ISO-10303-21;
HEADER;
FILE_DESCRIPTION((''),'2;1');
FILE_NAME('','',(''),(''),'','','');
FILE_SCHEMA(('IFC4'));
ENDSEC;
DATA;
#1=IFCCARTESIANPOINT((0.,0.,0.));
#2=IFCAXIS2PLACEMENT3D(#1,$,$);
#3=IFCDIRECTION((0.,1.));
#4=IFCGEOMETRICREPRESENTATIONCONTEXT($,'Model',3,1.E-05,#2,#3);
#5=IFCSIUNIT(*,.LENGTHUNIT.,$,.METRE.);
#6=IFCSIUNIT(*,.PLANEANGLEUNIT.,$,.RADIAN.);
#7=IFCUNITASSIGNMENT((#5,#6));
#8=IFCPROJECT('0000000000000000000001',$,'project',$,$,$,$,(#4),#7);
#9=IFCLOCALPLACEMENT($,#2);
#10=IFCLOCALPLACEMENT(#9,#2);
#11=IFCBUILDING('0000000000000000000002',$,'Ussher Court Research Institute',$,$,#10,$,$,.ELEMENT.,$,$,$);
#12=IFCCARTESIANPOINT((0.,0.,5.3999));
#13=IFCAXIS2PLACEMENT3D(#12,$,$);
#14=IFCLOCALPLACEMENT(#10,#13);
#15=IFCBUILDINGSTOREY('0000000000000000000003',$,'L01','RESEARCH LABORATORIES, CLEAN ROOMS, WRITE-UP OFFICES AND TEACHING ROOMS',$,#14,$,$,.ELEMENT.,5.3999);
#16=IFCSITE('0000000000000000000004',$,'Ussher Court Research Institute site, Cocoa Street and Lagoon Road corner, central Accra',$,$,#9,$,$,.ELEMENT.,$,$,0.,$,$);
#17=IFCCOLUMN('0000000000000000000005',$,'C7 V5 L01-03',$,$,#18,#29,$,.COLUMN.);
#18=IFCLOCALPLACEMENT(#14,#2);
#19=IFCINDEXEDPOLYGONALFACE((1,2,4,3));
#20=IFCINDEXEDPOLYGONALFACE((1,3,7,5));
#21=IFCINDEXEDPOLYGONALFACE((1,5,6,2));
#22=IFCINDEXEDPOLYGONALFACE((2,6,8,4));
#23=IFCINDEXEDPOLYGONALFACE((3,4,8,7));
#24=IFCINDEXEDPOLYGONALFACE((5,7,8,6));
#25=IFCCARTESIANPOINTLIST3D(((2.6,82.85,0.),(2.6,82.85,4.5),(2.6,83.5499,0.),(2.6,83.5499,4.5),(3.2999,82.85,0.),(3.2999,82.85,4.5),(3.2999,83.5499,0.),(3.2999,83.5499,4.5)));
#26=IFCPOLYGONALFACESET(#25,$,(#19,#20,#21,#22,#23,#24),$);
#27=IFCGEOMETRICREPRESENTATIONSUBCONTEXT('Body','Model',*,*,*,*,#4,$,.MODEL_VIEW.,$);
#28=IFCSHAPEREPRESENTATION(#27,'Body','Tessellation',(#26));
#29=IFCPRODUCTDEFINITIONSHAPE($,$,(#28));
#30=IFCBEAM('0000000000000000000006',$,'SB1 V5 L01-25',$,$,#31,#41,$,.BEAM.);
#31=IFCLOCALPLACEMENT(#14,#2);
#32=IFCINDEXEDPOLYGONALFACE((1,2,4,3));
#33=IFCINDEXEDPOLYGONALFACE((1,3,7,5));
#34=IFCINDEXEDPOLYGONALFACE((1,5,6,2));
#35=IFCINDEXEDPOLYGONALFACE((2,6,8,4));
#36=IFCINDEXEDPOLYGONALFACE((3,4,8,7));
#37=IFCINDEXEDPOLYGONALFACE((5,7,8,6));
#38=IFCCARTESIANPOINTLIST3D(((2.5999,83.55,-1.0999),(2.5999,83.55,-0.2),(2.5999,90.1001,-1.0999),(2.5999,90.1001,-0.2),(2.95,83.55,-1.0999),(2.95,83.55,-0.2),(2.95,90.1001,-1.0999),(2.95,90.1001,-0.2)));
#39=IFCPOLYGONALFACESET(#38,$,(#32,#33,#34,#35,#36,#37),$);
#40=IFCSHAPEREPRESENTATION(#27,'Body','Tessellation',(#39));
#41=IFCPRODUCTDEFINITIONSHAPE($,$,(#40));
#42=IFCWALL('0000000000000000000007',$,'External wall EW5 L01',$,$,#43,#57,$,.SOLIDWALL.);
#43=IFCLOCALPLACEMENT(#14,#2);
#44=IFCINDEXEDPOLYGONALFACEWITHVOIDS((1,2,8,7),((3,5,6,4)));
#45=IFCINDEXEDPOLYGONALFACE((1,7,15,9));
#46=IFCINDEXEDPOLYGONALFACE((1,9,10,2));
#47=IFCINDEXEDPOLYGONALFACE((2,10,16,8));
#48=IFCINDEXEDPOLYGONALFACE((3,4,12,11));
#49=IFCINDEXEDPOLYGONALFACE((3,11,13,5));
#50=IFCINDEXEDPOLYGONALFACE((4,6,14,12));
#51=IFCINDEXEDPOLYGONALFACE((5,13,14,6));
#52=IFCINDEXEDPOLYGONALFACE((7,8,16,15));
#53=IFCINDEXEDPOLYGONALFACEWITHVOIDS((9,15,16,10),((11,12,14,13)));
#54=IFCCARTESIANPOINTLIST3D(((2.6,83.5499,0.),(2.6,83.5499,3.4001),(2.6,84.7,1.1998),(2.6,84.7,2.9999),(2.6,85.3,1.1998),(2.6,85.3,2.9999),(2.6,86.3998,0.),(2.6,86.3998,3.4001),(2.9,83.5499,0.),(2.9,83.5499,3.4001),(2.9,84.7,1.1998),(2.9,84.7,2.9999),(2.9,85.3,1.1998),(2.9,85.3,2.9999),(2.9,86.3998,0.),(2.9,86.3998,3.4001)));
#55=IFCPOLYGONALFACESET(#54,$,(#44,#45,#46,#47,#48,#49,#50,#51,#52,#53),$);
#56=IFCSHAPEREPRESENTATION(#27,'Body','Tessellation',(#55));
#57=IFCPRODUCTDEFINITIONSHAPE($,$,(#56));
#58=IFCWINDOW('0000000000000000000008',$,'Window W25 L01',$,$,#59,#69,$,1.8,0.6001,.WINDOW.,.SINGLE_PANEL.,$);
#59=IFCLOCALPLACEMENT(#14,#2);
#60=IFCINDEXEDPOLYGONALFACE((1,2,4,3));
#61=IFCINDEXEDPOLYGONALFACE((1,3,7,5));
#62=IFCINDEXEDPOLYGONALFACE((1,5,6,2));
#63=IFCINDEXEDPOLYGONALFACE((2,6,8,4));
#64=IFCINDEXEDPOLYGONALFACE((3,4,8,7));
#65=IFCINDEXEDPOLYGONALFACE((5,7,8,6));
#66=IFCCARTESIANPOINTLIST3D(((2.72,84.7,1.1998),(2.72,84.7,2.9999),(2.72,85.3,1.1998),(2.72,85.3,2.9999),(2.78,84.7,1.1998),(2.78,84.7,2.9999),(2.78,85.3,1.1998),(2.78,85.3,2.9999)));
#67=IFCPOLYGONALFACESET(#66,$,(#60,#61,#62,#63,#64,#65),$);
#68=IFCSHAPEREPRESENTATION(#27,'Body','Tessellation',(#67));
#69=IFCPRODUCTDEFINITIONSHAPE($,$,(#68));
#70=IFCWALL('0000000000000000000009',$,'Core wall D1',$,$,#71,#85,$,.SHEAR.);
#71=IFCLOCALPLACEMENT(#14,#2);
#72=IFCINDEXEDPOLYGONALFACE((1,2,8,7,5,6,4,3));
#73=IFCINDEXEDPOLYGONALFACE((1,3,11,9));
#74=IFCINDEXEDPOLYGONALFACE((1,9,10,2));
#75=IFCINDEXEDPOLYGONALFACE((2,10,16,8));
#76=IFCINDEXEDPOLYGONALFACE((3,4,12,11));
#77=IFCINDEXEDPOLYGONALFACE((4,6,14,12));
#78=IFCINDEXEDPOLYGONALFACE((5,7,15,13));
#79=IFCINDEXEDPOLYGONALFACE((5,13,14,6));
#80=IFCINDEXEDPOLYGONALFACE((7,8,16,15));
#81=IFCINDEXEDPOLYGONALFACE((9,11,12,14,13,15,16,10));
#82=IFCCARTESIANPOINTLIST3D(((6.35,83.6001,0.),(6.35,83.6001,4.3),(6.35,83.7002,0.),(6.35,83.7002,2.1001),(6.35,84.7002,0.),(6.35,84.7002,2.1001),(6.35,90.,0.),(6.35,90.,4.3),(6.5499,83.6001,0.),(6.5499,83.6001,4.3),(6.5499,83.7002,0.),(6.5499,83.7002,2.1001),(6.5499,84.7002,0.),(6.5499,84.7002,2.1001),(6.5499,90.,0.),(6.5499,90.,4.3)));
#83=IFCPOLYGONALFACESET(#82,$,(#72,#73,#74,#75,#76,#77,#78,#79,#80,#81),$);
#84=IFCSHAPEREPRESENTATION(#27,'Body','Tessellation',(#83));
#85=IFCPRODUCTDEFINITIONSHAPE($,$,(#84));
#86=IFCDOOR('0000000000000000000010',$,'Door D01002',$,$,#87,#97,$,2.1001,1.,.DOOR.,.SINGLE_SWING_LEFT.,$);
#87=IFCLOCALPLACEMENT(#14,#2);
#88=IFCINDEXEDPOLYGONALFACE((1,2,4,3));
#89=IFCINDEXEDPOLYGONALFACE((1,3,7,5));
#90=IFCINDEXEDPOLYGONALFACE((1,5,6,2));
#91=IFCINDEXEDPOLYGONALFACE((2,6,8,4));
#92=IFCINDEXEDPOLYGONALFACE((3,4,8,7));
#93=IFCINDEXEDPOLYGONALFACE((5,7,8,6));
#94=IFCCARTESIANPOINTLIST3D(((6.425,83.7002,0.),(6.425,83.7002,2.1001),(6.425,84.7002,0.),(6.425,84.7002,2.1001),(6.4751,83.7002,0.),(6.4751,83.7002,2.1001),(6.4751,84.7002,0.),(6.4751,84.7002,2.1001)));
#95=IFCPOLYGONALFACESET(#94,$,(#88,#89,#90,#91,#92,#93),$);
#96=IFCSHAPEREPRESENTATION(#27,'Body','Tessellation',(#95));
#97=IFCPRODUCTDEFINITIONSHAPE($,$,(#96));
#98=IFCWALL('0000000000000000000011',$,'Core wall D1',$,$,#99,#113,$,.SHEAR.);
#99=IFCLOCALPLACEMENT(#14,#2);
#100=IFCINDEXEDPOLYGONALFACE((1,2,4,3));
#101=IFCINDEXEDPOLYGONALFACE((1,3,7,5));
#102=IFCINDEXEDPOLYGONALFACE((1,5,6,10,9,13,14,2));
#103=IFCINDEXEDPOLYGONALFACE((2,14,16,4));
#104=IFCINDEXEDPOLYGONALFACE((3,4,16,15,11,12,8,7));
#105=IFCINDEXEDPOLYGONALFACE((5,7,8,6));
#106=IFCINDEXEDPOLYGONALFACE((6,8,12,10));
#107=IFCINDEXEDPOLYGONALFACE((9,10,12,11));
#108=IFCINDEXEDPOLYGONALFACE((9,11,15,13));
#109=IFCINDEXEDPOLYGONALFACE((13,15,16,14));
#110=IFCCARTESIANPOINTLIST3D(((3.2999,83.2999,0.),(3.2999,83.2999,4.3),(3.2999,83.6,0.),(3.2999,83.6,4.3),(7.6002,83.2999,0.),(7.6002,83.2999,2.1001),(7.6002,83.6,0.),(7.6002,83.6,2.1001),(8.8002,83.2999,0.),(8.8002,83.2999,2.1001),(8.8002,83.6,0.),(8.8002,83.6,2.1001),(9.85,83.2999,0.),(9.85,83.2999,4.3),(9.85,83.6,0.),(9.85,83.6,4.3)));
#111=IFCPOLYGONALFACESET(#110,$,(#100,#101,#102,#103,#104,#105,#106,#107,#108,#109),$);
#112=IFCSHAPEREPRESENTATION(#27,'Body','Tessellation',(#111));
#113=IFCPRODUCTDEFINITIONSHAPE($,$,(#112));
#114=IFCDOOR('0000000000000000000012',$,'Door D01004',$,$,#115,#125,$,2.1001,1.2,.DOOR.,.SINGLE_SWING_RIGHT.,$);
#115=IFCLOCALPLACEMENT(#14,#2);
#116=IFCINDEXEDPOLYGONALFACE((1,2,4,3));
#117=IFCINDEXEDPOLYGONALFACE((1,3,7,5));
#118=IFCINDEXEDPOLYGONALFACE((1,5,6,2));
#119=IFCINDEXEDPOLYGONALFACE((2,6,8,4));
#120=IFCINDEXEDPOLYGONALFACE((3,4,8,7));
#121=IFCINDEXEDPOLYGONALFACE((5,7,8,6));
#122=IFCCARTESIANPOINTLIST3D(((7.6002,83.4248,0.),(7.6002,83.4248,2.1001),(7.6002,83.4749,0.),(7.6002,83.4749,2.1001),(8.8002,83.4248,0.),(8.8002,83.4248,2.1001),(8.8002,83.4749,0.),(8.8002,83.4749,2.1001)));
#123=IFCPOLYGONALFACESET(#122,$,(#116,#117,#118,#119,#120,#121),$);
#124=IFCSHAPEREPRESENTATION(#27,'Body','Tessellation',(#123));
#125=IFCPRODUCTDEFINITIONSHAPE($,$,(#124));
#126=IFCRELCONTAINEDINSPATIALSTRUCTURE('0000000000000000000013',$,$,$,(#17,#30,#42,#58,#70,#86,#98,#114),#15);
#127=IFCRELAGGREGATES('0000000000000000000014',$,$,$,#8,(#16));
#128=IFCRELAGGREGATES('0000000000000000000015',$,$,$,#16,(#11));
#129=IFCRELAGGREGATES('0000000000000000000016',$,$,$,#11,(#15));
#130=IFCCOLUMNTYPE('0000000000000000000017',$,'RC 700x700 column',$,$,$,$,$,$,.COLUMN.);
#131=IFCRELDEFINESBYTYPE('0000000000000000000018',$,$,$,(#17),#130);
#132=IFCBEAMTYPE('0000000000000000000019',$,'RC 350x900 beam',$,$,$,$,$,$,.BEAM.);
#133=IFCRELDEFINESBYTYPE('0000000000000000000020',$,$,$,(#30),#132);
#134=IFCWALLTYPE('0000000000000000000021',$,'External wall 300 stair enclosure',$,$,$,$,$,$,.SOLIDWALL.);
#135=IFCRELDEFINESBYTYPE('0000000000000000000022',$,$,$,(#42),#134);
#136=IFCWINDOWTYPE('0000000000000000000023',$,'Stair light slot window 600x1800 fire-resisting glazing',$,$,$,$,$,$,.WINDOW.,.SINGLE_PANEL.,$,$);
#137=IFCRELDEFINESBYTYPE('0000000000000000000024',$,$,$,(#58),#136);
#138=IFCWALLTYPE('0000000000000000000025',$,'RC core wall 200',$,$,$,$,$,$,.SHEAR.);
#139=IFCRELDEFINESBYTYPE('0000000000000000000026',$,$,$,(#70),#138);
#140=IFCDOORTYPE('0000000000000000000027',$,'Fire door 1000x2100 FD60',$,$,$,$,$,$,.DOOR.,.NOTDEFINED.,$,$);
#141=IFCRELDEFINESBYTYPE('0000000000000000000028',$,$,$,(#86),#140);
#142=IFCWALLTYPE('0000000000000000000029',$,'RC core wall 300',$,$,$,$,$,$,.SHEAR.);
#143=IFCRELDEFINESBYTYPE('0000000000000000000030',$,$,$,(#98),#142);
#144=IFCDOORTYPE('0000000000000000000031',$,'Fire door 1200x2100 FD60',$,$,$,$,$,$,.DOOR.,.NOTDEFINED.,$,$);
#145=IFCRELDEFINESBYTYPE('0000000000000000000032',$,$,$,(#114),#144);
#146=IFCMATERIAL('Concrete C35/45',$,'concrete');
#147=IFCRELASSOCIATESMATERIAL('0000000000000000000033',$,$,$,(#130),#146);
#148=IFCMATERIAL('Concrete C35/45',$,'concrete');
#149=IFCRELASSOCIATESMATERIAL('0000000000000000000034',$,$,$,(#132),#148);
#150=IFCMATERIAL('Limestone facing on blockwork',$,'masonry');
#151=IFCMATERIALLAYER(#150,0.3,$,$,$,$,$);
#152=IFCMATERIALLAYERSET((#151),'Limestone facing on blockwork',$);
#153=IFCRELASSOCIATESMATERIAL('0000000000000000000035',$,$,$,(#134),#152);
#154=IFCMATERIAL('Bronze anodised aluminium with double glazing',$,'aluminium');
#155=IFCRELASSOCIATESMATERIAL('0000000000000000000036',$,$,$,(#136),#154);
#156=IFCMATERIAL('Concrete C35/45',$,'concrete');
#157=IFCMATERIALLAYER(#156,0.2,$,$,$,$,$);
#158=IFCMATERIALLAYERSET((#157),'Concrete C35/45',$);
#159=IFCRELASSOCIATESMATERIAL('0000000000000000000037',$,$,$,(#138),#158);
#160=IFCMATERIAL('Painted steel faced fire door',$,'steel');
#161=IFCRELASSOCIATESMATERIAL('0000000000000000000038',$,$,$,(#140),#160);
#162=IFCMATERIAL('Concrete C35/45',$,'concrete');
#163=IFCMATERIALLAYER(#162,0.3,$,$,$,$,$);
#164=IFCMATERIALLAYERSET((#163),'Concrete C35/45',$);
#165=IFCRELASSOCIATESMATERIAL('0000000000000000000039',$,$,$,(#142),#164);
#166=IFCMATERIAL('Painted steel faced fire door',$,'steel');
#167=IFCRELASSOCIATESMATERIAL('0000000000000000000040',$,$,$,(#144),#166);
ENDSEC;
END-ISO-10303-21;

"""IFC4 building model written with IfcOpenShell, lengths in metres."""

from ifc_helpers import new_model, si_unit, direction, frame, frame_2d, origin, origin_2d, place, context, subcontext, project, spatial, rectangle, extrude, material, layer, layer_set, material_profile, profile_set, type_object, element, fill, save


model = new_model("IFC4")

# Units and contexts
model_context = context("Model", 3, precision=1e-05, world=origin(), true_north=direction((0.0, 1.0)))
body_context = subcontext(model_context, "Body", "Model", "MODEL_VIEW")
ifc_project = project(units=[si_unit("LENGTHUNIT", "METRE"), si_unit("PLANEANGLEUNIT", "RADIAN")], contexts=[model_context])

# Site, building, storey
site_placement = place(None, origin())
site = spatial("IfcSite", under=ifc_project, at=site_placement, Name="Ussher Court Research Institute site, Cocoa Street and Lagoon Road corner, central Accra", CompositionType="ELEMENT", RefElevation=0.0)
building_placement = place(site_placement, origin())
building = spatial("IfcBuilding", under=site, at=building_placement, Name="Ussher Court Research Institute", CompositionType="ELEMENT")
storey_placement = place(building_placement, frame((0.0, 0.0, 5.3999)))
storey = spatial("IfcBuildingStorey", under=building, at=storey_placement, Name="L01", Description="RESEARCH LABORATORIES, CLEAN ROOMS, WRITE-UP OFFICES AND TEACHING ROOMS", CompositionType="ELEMENT", Elevation=5.3999)

# Column
ifc_material_1 = material(Name="Concrete C35/45", Category="concrete")
ifc_material_profile_1 = material_profile(ifc_material_1, rectangle(XDim=0.7, YDim=0.7, at=origin_2d()), Name="RC 700x700")
ifc_profile_set_1 = profile_set([ifc_material_profile_1], Name="Concrete C35/45")
column_type = type_object("IfcColumnType", Name="RC 700x700 column", PredefinedType="COLUMN", material=ifc_profile_set_1)
column_placement = place(storey_placement, frame((2.95, 83.2, 0.0), z_axis=(0.0, 0.0, 1.0), x_axis=(1.0, 0.0, 0.0)))
element("IfcColumn", 1, at=column_placement, inside=storey, type_object=column_type, Name="C7 V5 L01-03", PredefinedType="COLUMN", context=body_context, shape_type="SweptSolid", body=[
    extrude(rectangle(XDim=0.7, YDim=0.7, at=origin_2d()), origin(), (0.0, 0.0, 1.0), 4.5),
])

# Beam
ifc_material_2 = material(Name="Concrete C35/45", Category="concrete")
ifc_material_profile_2 = material_profile(ifc_material_2, rectangle(XDim=0.3501, YDim=0.8999, at=origin_2d()), Name="RC 350x900")
ifc_profile_set_2 = profile_set([ifc_material_profile_2], Name="Concrete C35/45")
beam_type = type_object("IfcBeamType", Name="RC 350x900 beam", PredefinedType="BEAM", material=ifc_profile_set_2)
beam_placement = place(storey_placement, frame((2.7749, 83.55, -0.6499), z_axis=(0.0, 1.0, 0.0), x_axis=(-1.0, 0.0, 0.0)))
element("IfcBeam", 2, at=beam_placement, inside=storey, type_object=beam_type, Name="SB1 V5 L01-25", PredefinedType="BEAM", context=body_context, shape_type="SweptSolid", body=[
    extrude(rectangle(XDim=0.3501, YDim=0.8999, at=origin_2d()), origin(), (0.0, 0.0, 1.0), 6.55),
])

# Wall, opening, window
ifc_material_3 = material(Name="Limestone facing on blockwork", Category="masonry")
ifc_layer_1 = layer(ifc_material_3, 0.3)
ifc_layer_set_1 = layer_set([ifc_layer_1], Name="Limestone facing on blockwork")
wall_type_1 = type_object("IfcWallType", Name="External wall 300 stair enclosure", PredefinedType="SOLIDWALL", material=ifc_layer_set_1)
wall_1_placement = place(storey_placement, frame((2.75, 83.55, 0.0), z_axis=(0.0, 0.0, 1.0), x_axis=(0.0, 1.0, 0.0)))
wall_1 = element("IfcWall", 3, at=wall_1_placement, inside=storey, type_object=wall_type_1, Name="External wall EW5 L01", PredefinedType="SOLIDWALL", context=body_context, shape_type="SweptSolid", body=[
    extrude(rectangle(XDim=2.8499, YDim=0.3, at=frame_2d((1.4248, 0.0))), origin(), (0.0, 0.0, 1.0), 3.4001),
])
opening_1_placement = place(wall_1_placement, frame((1.1499, 0.0, 1.2)))
opening_1 = element("IfcOpeningElement", 4, at=opening_1_placement, cuts=wall_1, PredefinedType="OPENING", context=body_context, shape_type="SweptSolid", body=[
    extrude(rectangle(XDim=0.6001, YDim=1.8, at=frame_2d((0.3, 0.8999))), frame((0.0, 0.1602, 0.0), z_axis=(0.0, -1.0, 0.0), x_axis=(1.0, 0.0, 0.0)), (0.0, 0.0, 1.0), 0.3201),
])
ifc_material_4 = material(Name="Bronze anodised aluminium with double glazing", Category="aluminium")
window_type = type_object("IfcWindowType", Name="Stair light slot window 600x1800 fire-resisting glazing", PartitioningType="SINGLE_PANEL", PredefinedType="WINDOW", material=ifc_material_4)
window_1_placement = place(opening_1_placement, origin())
window_1 = element("IfcWindow", 5, at=window_1_placement, inside=storey, type_object=window_type, Name="Window W25 L01", OverallHeight=1.8, OverallWidth=0.6001, PartitioningType="SINGLE_PANEL", PredefinedType="WINDOW", context=body_context, shape_type="SweptSolid", body=[
    extrude(rectangle(XDim=0.6001, YDim=1.8, at=frame_2d((0.3, 0.8999))), frame((0.0, 0.03, 0.0), z_axis=(0.0, -1.0, 0.0), x_axis=(1.0, 0.0, 0.0)), (0.0, 0.0, 1.0), 0.0601),
])
fill(opening_1, window_1)

# Walls, openings, doors
ifc_material_5 = material(Name="Concrete C35/45", Category="concrete")
ifc_layer_2 = layer(ifc_material_5, 0.2)
ifc_layer_set_2 = layer_set([ifc_layer_2], Name="Concrete C35/45")
wall_type_2 = type_object("IfcWallType", Name="RC core wall 200", PredefinedType="SHEAR", material=ifc_layer_set_2)
wall_2_placement = place(storey_placement, frame((6.45, 83.6001, 0.0), z_axis=(0.0, 0.0, 1.0), x_axis=(0.0, 1.0, 0.0)))
wall_2 = element("IfcWall", 6, at=wall_2_placement, inside=storey, type_object=wall_type_2, Name="Core wall D1", PredefinedType="SHEAR", context=body_context, shape_type="SweptSolid", body=[
    extrude(rectangle(XDim=6.3999, YDim=0.2, at=frame_2d((3.2, 0.0))), origin(), (0.0, 0.0, 1.0), 4.3),
])
opening_2_placement = place(wall_2_placement, frame((0.1001, 0.0, 0.0)))
opening_2 = element("IfcOpeningElement", 7, at=opening_2_placement, cuts=wall_2, PredefinedType="OPENING", context=body_context, shape_type="SweptSolid", body=[
    extrude(rectangle(XDim=1.0, YDim=2.1001, at=frame_2d((0.5, 1.05))), frame((0.0, 0.1099, 0.0), z_axis=(0.0, -1.0, 0.0), x_axis=(1.0, 0.0, 0.0)), (0.0, 0.0, 1.0), 0.22),
])
ifc_material_6 = material(Name="Painted steel faced fire door", Category="steel")
door_type_1 = type_object("IfcDoorType", Name="Fire door 1000x2100 FD60", OperationType="NOTDEFINED", PredefinedType="DOOR", material=ifc_material_6)
door_1_placement = place(opening_2_placement, origin())
door_1 = element("IfcDoor", 8, at=door_1_placement, inside=storey, type_object=door_type_1, Name="Door D01002", OperationType="SINGLE_SWING_LEFT", OverallHeight=2.1001, OverallWidth=1.0, PredefinedType="DOOR", context=body_context, shape_type="SweptSolid", body=[
    extrude(rectangle(XDim=1.0, YDim=2.1001, at=frame_2d((0.5, 1.05))), frame((0.0, 0.0249, 0.0), z_axis=(0.0, -1.0, 0.0), x_axis=(1.0, 0.0, 0.0)), (0.0, 0.0, 1.0), 0.05),
])
fill(opening_2, door_1)
ifc_material_7 = material(Name="Concrete C35/45", Category="concrete")
ifc_layer_3 = layer(ifc_material_7, 0.3)
ifc_layer_set_3 = layer_set([ifc_layer_3], Name="Concrete C35/45")
wall_type_3 = type_object("IfcWallType", Name="RC core wall 300", PredefinedType="SHEAR", material=ifc_layer_set_3)
wall_3_placement = place(storey_placement, frame((3.3, 83.45, 0.0), z_axis=(0.0, 0.0, 1.0), x_axis=(1.0, 0.0, 0.0)))
wall_3 = element("IfcWall", 9, at=wall_3_placement, inside=storey, type_object=wall_type_3, Name="Core wall D1", PredefinedType="SHEAR", context=body_context, shape_type="SweptSolid", body=[
    extrude(rectangle(XDim=6.55, YDim=0.3, at=frame_2d((3.2749, 0.0))), origin(), (0.0, 0.0, 1.0), 4.3),
])
opening_3_placement = place(wall_3_placement, frame((4.3, 0.0, 0.0)))
opening_3 = element("IfcOpeningElement", 10, at=opening_3_placement, cuts=wall_3, PredefinedType="OPENING", context=body_context, shape_type="SweptSolid", body=[
    extrude(rectangle(XDim=1.2, YDim=2.1001, at=frame_2d((0.6001, 1.05))), frame((0.0, 0.1602, 0.0), z_axis=(0.0, -1.0, 0.0), x_axis=(1.0, 0.0, 0.0)), (0.0, 0.0, 1.0), 0.3201),
])
ifc_material_8 = material(Name="Painted steel faced fire door", Category="steel")
door_type_2 = type_object("IfcDoorType", Name="Fire door 1200x2100 FD60", OperationType="NOTDEFINED", PredefinedType="DOOR", material=ifc_material_8)
door_2_placement = place(opening_3_placement, origin())
door_2 = element("IfcDoor", 11, at=door_2_placement, inside=storey, type_object=door_type_2, Name="Door D01004", OperationType="SINGLE_SWING_RIGHT", OverallHeight=2.1001, OverallWidth=1.2, PredefinedType="DOOR", context=body_context, shape_type="SweptSolid", body=[
    extrude(rectangle(XDim=1.2, YDim=2.1001, at=frame_2d((0.6001, 1.05))), frame((0.0, 0.0249, 0.0), z_axis=(0.0, -1.0, 0.0), x_axis=(1.0, 0.0, 0.0)), (0.0, 0.0, 1.0), 0.05),
])
fill(opening_3, door_2)

save(model, "model.ifc")
